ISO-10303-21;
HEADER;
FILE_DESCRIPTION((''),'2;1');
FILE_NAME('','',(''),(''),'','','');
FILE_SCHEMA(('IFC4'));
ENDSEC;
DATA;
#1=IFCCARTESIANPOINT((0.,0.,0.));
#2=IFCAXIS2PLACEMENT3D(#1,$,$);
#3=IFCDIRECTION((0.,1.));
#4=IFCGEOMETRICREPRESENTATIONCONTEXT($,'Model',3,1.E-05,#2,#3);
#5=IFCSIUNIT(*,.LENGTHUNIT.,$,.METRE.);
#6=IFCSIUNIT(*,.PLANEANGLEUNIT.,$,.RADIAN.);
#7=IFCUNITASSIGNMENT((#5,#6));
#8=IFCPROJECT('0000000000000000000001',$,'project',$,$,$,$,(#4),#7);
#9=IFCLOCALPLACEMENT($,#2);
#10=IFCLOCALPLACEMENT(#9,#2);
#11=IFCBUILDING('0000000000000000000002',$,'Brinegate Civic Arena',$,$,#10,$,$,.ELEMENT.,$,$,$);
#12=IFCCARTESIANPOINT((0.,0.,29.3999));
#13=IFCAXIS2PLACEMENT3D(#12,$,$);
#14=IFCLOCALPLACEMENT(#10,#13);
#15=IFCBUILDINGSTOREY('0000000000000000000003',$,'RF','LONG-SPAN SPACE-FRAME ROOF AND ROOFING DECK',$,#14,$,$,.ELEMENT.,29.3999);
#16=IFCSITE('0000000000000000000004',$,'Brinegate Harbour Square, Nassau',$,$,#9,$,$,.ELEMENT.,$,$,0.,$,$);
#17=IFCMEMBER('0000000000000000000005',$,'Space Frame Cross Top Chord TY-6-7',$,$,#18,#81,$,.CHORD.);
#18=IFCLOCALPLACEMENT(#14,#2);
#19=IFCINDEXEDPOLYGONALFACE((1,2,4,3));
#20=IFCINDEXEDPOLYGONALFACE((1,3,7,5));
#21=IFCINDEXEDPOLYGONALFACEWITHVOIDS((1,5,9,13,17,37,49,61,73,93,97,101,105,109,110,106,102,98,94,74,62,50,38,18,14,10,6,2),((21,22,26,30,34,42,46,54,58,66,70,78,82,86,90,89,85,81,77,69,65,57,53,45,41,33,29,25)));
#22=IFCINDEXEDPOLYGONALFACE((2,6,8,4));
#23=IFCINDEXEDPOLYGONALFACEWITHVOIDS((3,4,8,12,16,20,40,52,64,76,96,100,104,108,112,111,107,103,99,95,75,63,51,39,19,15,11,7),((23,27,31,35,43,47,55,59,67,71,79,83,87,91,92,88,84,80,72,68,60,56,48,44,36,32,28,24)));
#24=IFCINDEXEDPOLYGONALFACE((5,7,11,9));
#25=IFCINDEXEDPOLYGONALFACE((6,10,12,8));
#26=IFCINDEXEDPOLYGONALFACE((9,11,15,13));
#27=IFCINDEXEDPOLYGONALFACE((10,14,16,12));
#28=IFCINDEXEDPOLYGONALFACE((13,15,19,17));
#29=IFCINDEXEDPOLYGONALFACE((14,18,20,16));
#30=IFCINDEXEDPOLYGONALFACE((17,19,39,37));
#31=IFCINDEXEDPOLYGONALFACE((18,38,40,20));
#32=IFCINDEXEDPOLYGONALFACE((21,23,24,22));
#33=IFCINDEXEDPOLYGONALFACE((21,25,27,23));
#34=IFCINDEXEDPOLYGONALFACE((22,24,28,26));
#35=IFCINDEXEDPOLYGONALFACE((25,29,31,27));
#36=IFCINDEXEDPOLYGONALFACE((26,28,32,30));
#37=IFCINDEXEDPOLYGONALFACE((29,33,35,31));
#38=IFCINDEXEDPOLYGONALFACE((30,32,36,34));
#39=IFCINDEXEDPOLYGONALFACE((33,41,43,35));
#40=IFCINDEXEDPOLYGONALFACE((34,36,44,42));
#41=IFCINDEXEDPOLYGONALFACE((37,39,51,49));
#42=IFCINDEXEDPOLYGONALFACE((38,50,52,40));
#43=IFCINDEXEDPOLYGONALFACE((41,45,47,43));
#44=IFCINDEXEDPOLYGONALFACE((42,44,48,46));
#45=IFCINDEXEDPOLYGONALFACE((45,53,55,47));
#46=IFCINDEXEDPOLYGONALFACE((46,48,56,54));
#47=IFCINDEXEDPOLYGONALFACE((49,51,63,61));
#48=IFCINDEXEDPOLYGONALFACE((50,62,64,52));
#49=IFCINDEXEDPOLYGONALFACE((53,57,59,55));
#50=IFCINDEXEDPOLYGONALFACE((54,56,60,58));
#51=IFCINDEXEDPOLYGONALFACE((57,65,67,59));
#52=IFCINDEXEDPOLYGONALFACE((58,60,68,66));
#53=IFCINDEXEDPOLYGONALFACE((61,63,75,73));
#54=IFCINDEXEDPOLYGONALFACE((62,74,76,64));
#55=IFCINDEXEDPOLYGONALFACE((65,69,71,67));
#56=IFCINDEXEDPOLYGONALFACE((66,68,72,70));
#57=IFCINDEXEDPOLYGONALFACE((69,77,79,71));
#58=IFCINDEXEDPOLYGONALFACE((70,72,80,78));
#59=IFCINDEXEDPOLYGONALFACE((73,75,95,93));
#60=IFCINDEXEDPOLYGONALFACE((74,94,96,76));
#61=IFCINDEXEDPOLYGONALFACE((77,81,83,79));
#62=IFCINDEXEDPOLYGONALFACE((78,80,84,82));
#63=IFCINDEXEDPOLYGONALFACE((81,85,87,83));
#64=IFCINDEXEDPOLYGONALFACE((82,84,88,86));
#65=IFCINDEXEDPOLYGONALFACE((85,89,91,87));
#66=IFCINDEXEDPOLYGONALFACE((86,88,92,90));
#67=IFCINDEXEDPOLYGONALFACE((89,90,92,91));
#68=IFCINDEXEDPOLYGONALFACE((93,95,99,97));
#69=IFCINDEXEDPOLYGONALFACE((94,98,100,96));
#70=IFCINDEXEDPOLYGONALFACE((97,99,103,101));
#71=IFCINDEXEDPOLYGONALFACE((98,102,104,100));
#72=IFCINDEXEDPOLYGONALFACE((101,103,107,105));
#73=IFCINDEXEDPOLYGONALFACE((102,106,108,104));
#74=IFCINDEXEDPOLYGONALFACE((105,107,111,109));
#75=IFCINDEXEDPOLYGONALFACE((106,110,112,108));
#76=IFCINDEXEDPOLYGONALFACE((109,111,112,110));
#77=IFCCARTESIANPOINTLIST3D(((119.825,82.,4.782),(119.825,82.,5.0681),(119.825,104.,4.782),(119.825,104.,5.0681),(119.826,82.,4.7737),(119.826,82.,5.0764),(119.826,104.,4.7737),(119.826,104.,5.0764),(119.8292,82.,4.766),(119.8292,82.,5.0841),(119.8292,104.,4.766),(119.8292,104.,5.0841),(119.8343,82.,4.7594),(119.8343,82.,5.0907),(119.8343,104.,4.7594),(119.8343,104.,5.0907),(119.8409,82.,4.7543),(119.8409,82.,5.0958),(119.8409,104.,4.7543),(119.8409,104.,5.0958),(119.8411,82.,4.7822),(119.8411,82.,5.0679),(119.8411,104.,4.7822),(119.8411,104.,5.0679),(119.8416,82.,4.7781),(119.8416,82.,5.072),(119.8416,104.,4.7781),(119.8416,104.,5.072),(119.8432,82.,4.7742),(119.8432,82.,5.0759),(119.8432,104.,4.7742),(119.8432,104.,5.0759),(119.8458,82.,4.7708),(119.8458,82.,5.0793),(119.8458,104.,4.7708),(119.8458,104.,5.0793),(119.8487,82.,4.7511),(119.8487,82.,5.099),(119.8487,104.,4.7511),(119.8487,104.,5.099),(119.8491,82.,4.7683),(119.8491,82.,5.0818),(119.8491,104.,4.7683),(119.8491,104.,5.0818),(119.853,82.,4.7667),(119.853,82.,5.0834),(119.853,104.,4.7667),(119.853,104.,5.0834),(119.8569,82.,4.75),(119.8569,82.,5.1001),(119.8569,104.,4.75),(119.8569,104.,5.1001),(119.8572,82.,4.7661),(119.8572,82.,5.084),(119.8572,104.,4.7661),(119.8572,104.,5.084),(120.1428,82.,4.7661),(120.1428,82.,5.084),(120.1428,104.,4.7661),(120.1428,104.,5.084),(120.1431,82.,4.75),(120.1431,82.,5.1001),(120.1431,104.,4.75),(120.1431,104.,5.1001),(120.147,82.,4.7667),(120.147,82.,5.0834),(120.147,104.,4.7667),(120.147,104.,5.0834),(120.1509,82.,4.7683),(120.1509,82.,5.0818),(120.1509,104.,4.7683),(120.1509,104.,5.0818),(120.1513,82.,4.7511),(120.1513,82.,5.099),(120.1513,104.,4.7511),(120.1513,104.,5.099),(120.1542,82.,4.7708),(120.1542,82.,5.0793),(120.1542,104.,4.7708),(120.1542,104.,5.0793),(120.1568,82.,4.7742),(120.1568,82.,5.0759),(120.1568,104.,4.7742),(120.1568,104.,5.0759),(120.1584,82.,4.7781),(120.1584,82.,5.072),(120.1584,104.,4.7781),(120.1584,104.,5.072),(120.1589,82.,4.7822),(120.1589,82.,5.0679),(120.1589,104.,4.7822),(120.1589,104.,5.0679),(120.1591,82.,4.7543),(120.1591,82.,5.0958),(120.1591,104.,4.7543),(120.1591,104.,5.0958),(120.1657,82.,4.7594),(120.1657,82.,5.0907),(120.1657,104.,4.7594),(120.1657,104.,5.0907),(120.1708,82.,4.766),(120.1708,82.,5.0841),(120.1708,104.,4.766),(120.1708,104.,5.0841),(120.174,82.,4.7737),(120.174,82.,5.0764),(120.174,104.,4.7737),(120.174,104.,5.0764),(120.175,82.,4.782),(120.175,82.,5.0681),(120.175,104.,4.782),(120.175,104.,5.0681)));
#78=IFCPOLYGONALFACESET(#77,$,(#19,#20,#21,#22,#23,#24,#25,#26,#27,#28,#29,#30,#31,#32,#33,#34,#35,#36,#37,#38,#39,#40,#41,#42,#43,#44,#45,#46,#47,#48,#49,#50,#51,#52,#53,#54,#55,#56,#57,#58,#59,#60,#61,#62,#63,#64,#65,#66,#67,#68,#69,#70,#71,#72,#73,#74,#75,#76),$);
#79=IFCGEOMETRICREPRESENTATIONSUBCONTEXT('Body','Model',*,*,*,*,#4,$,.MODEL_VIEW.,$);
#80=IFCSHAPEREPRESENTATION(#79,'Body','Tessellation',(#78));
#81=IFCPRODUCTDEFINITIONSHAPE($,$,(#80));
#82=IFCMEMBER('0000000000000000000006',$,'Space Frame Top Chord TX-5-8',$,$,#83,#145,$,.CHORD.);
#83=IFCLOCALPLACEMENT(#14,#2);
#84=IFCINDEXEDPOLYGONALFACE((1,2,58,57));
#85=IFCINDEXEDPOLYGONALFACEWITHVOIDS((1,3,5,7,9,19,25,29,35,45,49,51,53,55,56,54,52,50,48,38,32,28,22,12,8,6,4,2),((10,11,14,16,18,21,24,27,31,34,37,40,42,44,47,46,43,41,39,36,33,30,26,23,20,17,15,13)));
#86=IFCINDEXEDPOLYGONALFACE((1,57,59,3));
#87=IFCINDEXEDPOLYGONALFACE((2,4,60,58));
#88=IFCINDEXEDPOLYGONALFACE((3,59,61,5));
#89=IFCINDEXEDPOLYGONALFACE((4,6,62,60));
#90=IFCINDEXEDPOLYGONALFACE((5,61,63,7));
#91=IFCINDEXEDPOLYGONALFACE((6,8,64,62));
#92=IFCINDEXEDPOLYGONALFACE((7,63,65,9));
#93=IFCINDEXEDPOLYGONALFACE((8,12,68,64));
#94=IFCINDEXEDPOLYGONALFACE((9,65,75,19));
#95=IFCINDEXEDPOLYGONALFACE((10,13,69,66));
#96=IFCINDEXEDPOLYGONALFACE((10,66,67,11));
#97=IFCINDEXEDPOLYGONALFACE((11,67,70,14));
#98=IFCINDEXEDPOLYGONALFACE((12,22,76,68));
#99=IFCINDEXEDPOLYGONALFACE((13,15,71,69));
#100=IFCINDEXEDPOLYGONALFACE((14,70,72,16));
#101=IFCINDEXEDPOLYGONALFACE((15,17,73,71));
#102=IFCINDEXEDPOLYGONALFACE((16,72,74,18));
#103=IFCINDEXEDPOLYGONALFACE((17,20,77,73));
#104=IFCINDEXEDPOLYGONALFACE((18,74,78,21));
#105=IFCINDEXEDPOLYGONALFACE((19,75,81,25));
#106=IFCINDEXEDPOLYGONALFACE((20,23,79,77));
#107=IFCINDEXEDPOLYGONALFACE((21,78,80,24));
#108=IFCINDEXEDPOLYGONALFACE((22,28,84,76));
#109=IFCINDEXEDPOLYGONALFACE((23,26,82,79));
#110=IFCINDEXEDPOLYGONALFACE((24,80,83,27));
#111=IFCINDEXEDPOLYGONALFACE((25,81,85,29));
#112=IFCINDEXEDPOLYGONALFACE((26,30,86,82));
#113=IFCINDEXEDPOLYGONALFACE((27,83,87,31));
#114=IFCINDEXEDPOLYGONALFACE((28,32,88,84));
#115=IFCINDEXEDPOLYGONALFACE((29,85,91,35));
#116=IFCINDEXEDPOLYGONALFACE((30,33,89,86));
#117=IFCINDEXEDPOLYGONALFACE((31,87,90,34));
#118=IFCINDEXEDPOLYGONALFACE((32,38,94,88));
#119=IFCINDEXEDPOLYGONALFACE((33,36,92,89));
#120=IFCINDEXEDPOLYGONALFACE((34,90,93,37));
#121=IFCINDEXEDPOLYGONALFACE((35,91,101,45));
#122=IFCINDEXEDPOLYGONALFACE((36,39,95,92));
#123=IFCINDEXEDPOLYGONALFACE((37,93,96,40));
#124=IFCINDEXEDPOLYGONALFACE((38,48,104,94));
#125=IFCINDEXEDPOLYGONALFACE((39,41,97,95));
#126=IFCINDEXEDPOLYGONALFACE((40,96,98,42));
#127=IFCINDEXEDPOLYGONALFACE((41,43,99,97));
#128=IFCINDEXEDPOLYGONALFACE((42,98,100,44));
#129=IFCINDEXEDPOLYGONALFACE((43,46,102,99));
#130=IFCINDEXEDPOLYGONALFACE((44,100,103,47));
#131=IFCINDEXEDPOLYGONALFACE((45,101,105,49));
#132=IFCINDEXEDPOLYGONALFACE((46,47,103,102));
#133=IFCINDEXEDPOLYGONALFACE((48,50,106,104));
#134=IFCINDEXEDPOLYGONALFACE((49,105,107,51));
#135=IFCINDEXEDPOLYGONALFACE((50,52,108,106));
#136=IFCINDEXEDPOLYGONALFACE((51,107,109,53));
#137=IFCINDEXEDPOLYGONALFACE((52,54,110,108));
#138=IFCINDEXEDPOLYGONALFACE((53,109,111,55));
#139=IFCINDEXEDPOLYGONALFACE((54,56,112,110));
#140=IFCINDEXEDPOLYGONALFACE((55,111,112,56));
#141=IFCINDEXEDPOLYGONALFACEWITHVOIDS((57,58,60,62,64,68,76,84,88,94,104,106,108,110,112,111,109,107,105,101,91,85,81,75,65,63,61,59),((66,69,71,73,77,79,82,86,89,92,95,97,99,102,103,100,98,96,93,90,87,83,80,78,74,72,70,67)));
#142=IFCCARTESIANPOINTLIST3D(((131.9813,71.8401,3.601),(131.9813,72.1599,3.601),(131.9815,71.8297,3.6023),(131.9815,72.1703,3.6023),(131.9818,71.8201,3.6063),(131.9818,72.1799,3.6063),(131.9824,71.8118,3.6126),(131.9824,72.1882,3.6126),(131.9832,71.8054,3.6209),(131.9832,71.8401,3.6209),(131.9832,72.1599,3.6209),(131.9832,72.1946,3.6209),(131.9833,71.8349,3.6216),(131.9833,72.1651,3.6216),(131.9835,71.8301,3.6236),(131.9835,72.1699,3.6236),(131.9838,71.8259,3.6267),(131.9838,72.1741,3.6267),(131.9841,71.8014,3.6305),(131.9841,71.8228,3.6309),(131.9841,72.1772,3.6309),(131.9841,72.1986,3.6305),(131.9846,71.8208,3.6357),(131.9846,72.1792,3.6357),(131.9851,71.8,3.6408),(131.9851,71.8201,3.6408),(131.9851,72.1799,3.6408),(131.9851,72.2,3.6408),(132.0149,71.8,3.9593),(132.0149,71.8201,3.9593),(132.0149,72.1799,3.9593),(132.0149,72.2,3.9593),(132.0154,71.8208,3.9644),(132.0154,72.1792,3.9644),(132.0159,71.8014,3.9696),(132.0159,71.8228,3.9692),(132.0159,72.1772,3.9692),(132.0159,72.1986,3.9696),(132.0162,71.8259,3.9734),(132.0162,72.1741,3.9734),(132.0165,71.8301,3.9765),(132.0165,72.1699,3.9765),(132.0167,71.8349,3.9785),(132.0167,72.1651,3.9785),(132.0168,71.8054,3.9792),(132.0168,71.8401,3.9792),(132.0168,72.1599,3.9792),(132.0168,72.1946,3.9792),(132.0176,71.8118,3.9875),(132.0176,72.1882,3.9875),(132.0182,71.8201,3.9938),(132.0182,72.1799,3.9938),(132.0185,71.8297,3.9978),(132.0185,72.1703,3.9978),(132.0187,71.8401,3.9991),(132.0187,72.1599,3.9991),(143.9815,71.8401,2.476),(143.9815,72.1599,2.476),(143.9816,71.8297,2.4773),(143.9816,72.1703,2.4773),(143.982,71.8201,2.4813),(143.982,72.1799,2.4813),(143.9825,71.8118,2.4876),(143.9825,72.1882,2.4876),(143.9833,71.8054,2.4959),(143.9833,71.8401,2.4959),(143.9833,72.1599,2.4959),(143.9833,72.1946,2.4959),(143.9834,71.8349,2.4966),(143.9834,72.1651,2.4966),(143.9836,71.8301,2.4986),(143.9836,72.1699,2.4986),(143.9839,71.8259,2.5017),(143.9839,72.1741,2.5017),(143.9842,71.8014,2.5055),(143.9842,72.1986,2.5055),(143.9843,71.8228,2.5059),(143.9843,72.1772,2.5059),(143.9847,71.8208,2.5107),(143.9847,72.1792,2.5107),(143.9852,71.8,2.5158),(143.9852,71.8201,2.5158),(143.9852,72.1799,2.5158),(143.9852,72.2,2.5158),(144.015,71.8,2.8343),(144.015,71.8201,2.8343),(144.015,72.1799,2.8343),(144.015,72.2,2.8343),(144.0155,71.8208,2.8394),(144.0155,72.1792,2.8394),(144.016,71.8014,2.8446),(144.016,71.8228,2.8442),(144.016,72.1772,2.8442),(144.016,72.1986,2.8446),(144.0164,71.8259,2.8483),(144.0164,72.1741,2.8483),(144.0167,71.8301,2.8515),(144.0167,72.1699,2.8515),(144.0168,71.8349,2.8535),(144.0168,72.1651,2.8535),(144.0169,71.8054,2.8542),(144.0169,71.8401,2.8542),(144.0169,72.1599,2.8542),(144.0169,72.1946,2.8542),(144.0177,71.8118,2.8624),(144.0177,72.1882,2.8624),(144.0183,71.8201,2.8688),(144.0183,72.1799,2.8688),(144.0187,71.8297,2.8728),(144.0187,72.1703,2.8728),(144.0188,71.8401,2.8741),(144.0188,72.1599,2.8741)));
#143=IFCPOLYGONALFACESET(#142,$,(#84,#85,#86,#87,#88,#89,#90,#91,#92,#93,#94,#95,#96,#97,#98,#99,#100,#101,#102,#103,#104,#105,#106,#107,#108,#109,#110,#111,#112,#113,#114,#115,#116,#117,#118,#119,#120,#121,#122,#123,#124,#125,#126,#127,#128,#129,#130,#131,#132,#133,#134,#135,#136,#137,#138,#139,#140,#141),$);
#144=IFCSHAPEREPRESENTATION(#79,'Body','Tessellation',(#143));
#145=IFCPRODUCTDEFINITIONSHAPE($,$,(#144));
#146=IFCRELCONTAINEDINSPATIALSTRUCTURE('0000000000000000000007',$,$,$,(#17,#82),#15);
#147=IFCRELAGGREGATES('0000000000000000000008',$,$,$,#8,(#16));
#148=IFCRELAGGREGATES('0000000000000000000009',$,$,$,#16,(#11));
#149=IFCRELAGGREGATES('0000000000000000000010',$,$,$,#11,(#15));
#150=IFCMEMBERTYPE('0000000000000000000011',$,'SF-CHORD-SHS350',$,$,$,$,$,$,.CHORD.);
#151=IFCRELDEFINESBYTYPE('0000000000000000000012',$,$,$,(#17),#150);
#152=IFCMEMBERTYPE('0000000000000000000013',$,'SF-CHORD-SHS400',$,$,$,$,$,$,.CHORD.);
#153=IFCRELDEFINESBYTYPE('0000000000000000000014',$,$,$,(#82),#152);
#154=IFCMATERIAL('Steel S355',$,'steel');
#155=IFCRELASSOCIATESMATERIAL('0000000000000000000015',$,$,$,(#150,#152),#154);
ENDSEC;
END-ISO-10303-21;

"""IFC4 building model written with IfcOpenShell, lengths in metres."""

from ifc_helpers import new_model, si_unit, direction, frame, origin, origin_2d, place, context, subcontext, project, spatial, hollow_rectangle, extrude, material, material_profile, profile_set, type_object, element, save


model = new_model("IFC4")

# Units and contexts
model_context = context("Model", 3, precision=1e-05, world=origin(), true_north=direction((0.0, 1.0)))
body_context = subcontext(model_context, "Body", "Model", "MODEL_VIEW")
ifc_project = project(units=[si_unit("LENGTHUNIT", "METRE"), si_unit("PLANEANGLEUNIT", "RADIAN")], contexts=[model_context])

# Site, building, storey
site_placement = place(None, origin())
site = spatial("IfcSite", under=ifc_project, at=site_placement, Name="Brinegate Harbour Square, Nassau", CompositionType="ELEMENT", RefElevation=0.0)
building_placement = place(site_placement, origin())
building = spatial("IfcBuilding", under=site, at=building_placement, Name="Brinegate Civic Arena", CompositionType="ELEMENT")
storey_placement = place(building_placement, frame((0.0, 0.0, 29.3999)))
storey = spatial("IfcBuildingStorey", under=building, at=storey_placement, Name="RF", Description="LONG-SPAN SPACE-FRAME ROOF AND ROOFING DECK", CompositionType="ELEMENT", Elevation=29.3999)

# Members
ifc_material = material(Name="Steel S355", Category="steel")
ifc_material_profile_1 = material_profile(ifc_material, hollow_rectangle(XDim=0.3501, YDim=0.3501, WallThickness=0.0161, InnerFilletRadius=0.0161, OuterFilletRadius=0.032, at=origin_2d()), Name="SHS350X16")
ifc_profile_set_1 = profile_set([ifc_material_profile_1], Name="Steel S355")
member_type_1 = type_object("IfcMemberType", Name="SF-CHORD-SHS350", PredefinedType="CHORD", material=ifc_profile_set_1)
member_1_placement = place(storey_placement, frame((120.0, 82.0, 4.925), z_axis=(0.0, 1.0, 0.0), x_axis=(-1.0, 0.0, 0.0)))
element("IfcMember", 1, at=member_1_placement, inside=storey, type_object=member_type_1, Name="Space Frame Cross Top Chord TY-6-7", PredefinedType="CHORD", context=body_context, shape_type="SweptSolid", body=[
    extrude(hollow_rectangle(XDim=0.3501, YDim=0.3501, WallThickness=0.0161, InnerFilletRadius=0.0161, OuterFilletRadius=0.032, at=origin_2d()), origin(), (0.0, 0.0, 1.0), 22.0),
])
ifc_material_profile_2 = material_profile(ifc_material, hollow_rectangle(XDim=0.3999, YDim=0.3999, WallThickness=0.02, InnerFilletRadius=0.02, OuterFilletRadius=0.04, at=origin_2d()), Name="SHS400X20")
ifc_profile_set_2 = profile_set([ifc_material_profile_2], Name="Steel S355")
member_type_2 = type_object("IfcMemberType", Name="SF-CHORD-SHS400", PredefinedType="CHORD", material=ifc_profile_set_2)
for number, where, z_axis, x_axis, name in (
    (2, (132.0, 72.0, 3.8), (0.995634, 0.0, -0.093341), (0.0, 1.0, 0.0), "Space Frame Top Chord TX-5-8"),
):
    element("IfcMember", number, at=place(storey_placement, frame(where, z_axis=z_axis, x_axis=x_axis)), inside=storey, type_object=member_type_2, Name=name, PredefinedType="CHORD", context=body_context, shape_type="SweptSolid", body=[
        extrude(hollow_rectangle(XDim=0.3999, YDim=0.3999, WallThickness=0.02, InnerFilletRadius=0.02, OuterFilletRadius=0.04, at=origin_2d()), origin(), (0.0, 0.0, 1.0), 12.0527),
    ])

save(model, "model.ifc")
